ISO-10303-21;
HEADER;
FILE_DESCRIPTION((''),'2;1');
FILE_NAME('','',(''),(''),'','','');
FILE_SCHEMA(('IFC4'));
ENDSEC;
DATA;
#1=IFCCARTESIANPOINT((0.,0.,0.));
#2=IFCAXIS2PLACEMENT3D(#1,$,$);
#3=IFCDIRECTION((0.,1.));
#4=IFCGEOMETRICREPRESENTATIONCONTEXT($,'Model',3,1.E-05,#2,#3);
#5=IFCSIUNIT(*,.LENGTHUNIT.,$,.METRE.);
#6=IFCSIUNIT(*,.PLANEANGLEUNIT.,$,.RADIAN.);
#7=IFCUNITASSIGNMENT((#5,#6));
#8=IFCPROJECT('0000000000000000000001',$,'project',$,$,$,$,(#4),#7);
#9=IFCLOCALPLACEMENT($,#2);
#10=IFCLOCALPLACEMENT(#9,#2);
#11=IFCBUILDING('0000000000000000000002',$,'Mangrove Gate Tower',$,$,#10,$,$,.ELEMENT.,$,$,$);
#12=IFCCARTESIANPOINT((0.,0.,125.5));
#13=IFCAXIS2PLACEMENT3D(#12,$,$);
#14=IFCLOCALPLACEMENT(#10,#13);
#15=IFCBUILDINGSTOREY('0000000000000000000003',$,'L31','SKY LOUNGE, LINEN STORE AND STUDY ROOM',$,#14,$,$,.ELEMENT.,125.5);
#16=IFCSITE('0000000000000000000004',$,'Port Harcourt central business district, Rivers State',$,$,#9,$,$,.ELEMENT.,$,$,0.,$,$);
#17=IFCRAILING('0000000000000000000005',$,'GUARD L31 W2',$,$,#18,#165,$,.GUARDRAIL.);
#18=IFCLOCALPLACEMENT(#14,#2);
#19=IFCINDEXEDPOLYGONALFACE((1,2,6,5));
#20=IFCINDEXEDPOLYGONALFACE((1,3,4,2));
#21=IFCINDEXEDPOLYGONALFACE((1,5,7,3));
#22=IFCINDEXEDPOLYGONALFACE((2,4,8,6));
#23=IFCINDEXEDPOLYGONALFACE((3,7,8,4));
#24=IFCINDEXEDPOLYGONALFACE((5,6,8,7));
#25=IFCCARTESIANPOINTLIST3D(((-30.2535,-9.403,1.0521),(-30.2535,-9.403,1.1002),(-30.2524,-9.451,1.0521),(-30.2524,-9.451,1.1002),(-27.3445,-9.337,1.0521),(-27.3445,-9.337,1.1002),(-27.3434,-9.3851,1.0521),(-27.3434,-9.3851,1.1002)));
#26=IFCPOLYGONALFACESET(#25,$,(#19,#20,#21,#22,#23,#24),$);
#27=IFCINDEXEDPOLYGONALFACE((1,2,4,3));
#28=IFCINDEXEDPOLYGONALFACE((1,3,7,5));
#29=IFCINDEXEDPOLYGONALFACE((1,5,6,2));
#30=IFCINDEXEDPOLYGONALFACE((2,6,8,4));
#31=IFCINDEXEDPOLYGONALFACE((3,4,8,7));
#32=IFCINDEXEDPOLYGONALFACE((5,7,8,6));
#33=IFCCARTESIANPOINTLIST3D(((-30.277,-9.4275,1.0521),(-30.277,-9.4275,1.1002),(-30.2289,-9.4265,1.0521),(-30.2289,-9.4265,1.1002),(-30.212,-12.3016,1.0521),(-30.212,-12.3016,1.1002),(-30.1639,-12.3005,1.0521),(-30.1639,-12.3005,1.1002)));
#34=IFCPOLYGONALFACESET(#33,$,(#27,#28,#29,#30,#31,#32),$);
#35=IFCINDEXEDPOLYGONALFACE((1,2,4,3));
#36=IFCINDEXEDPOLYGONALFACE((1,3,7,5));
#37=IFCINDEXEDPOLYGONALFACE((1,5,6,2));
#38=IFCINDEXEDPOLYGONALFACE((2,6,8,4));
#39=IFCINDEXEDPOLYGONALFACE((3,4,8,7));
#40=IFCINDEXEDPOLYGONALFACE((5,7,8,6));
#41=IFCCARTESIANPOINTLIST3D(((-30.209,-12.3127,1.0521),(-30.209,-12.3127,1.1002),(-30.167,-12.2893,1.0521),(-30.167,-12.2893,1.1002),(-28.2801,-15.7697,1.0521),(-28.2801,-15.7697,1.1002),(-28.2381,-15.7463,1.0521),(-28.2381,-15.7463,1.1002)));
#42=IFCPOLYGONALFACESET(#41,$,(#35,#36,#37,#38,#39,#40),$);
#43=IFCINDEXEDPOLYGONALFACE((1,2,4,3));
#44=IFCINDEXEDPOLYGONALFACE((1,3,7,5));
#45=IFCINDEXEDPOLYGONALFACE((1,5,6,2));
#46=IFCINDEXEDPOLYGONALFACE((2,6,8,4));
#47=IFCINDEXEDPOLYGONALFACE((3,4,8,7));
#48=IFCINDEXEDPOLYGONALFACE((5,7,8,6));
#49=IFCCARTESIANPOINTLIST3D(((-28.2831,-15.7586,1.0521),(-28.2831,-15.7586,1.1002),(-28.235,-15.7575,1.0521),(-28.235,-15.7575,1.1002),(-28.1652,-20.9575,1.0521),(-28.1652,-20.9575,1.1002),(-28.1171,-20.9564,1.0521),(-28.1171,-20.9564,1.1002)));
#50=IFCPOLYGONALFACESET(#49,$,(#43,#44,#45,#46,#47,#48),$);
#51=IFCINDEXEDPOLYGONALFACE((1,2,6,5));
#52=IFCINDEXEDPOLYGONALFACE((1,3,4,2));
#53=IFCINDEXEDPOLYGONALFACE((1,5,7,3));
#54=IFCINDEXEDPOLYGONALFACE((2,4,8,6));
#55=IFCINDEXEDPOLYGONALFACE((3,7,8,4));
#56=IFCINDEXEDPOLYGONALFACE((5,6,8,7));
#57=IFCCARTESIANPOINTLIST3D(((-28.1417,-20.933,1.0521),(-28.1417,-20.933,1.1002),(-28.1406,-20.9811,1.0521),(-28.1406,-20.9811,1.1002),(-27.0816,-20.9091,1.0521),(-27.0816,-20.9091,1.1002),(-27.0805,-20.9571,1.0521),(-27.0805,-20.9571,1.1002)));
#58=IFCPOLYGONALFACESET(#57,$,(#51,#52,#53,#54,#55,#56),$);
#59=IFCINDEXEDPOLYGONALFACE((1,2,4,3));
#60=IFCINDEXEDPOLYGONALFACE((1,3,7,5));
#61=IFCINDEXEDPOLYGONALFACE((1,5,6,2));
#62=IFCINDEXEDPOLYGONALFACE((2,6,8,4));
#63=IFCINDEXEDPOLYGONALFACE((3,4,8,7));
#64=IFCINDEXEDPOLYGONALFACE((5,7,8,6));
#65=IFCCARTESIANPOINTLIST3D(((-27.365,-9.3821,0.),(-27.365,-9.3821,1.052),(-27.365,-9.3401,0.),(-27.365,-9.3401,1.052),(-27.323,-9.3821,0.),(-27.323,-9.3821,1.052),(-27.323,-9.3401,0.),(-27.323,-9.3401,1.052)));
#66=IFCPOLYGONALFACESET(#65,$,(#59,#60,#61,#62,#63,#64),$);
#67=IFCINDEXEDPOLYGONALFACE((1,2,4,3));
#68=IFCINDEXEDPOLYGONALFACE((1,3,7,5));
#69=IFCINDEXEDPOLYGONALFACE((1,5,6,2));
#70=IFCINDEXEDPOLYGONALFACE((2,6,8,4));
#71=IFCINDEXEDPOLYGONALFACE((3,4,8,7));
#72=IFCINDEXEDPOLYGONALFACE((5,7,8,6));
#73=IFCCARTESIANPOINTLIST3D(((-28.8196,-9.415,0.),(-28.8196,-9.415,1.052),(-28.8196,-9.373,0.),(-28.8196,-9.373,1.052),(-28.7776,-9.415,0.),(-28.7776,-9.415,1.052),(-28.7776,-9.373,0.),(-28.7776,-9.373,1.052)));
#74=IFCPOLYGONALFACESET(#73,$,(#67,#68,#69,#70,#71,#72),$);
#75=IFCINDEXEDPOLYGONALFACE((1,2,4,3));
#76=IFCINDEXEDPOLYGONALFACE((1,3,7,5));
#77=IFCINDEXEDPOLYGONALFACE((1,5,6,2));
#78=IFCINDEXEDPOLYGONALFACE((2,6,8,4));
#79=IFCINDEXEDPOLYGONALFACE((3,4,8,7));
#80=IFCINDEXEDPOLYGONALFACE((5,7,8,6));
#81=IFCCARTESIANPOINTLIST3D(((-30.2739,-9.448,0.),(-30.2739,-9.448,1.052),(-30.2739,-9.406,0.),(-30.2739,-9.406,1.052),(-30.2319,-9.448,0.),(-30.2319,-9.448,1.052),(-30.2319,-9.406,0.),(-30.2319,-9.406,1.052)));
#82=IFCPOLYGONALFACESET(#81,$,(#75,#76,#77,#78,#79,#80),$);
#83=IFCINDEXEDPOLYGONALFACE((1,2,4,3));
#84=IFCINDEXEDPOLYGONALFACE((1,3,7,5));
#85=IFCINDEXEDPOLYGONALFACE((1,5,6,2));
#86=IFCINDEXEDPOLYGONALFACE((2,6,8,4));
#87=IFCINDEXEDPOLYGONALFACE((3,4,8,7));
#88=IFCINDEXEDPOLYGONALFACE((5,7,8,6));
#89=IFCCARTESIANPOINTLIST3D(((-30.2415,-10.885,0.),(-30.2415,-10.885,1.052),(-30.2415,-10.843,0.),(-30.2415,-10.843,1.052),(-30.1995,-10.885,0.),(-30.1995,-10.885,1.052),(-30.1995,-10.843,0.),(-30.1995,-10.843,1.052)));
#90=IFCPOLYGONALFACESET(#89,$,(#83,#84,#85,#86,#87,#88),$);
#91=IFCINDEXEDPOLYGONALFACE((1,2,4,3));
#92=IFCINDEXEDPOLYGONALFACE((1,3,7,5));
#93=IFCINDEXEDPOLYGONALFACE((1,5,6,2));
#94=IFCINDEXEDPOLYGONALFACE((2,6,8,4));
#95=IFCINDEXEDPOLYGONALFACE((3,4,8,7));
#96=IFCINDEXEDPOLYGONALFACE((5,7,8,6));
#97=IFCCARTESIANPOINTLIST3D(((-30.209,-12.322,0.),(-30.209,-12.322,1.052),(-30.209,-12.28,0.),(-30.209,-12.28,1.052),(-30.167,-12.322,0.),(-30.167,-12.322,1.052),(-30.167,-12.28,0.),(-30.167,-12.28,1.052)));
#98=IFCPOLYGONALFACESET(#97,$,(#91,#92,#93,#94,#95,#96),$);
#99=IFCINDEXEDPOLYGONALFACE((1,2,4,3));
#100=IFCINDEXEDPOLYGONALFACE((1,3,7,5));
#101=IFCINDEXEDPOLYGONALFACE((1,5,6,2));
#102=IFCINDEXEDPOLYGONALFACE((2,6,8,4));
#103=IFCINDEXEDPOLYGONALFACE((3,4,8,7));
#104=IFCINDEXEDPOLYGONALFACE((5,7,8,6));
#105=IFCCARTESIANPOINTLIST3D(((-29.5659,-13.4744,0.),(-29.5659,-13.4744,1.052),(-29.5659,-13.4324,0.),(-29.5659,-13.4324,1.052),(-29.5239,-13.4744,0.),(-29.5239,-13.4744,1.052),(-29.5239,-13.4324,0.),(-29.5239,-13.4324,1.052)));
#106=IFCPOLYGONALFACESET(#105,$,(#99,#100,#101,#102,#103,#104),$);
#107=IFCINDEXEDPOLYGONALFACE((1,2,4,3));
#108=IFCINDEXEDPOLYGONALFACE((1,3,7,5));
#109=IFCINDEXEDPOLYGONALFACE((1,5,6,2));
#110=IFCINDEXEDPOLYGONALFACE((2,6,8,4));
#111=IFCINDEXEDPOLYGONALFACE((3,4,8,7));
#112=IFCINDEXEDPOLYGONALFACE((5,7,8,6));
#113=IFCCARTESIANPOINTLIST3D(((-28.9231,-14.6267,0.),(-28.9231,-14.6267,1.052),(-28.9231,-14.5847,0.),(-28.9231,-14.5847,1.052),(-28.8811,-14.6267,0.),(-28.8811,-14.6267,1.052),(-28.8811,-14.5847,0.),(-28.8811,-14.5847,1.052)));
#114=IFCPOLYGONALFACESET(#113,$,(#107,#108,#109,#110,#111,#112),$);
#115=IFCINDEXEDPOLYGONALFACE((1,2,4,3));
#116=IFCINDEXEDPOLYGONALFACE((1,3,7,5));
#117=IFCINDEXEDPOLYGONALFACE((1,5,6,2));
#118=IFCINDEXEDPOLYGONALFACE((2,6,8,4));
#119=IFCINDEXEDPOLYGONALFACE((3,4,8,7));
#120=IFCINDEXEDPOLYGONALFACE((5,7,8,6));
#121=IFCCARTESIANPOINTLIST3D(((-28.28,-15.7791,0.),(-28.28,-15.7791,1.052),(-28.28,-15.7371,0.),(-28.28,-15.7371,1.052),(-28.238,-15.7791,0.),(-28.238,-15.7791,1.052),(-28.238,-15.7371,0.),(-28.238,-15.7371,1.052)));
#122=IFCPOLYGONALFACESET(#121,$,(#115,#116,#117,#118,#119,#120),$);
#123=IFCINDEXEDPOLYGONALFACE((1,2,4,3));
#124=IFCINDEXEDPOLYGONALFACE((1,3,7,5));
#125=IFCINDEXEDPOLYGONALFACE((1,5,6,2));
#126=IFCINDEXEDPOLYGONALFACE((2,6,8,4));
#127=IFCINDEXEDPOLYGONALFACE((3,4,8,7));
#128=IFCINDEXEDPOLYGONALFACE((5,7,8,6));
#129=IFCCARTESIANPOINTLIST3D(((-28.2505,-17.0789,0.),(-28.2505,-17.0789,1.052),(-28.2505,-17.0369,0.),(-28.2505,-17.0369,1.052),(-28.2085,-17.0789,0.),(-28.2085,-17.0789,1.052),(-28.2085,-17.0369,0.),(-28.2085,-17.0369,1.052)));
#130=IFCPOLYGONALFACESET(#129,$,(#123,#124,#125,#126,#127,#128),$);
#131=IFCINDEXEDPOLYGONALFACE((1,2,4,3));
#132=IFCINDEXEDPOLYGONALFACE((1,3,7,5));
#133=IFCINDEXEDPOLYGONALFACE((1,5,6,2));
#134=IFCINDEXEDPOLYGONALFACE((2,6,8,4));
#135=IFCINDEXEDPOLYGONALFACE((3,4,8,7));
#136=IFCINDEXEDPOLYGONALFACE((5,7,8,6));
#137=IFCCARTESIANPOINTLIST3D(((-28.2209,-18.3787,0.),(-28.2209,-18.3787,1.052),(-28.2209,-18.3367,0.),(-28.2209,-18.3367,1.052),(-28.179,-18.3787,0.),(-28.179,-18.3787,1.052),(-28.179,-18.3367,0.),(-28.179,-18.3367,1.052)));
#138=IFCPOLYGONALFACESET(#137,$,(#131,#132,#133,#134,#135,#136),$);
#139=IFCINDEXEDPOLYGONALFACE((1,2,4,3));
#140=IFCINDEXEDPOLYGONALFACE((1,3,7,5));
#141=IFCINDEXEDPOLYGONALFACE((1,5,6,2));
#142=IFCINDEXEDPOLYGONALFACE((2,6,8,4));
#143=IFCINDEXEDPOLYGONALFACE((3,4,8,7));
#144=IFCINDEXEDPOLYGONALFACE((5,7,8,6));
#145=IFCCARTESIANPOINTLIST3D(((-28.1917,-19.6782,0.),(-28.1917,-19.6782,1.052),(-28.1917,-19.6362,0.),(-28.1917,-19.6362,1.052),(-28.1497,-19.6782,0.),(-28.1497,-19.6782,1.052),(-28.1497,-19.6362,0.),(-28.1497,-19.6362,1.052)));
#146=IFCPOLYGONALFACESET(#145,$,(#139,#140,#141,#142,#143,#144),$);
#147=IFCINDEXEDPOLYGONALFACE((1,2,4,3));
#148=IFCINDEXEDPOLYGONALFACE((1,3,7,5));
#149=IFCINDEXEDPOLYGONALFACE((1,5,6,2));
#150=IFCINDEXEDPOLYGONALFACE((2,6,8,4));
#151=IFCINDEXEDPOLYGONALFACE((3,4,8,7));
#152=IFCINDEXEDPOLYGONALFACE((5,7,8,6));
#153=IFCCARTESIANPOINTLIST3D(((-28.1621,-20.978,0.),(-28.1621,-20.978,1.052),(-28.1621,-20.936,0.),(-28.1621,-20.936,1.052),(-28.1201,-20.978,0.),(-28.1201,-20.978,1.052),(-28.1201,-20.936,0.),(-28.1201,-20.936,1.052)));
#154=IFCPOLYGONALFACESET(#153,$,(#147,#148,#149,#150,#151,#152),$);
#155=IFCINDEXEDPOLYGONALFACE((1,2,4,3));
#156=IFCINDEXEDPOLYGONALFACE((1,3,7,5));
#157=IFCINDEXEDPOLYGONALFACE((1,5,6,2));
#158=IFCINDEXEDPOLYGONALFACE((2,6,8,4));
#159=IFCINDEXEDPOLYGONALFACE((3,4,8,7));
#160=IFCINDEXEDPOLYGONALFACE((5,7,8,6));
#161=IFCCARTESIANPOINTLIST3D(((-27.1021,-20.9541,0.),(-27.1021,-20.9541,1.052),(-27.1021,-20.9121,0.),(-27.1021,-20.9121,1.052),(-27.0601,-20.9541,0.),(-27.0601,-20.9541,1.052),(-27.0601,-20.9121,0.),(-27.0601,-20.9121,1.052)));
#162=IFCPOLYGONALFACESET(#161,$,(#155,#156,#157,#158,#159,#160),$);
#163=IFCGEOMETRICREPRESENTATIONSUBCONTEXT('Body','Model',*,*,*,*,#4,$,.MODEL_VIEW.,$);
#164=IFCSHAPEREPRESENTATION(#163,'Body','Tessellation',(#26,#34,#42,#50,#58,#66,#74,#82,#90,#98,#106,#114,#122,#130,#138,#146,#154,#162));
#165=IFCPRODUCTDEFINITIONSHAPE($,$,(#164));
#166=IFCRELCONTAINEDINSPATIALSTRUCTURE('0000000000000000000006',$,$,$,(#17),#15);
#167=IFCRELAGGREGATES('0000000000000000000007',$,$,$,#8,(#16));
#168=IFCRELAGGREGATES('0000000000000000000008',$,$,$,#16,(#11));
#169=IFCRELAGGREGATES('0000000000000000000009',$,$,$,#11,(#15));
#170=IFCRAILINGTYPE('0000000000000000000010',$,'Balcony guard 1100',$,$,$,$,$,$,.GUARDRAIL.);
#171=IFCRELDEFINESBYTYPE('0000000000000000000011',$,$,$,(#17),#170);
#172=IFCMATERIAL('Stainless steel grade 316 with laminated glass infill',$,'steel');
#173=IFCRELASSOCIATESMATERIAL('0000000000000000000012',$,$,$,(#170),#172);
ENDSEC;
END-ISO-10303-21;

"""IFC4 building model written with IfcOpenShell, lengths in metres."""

from ifc_helpers import new_model, si_unit, direction, frame, origin, origin_2d, place, context, subcontext, project, spatial, rectangle, extrude, material, type_object, element, save


model = new_model("IFC4")

# Units and contexts
model_context = context("Model", 3, precision=1e-05, world=origin(), true_north=direction((0.0, 1.0)))
body_context = subcontext(model_context, "Body", "Model", "MODEL_VIEW")
ifc_project = project(units=[si_unit("LENGTHUNIT", "METRE"), si_unit("PLANEANGLEUNIT", "RADIAN")], contexts=[model_context])

# Site, building, storey
site_placement = place(None, origin())
site = spatial("IfcSite", under=ifc_project, at=site_placement, Name="Port Harcourt central business district, Rivers State", CompositionType="ELEMENT", RefElevation=0.0)
building_placement = place(site_placement, origin())
building = spatial("IfcBuilding", under=site, at=building_placement, Name="Mangrove Gate Tower", CompositionType="ELEMENT")
storey_placement = place(building_placement, frame((0.0, 0.0, 125.5)))
storey = spatial("IfcBuildingStorey", under=building, at=storey_placement, Name="L31", Description="SKY LOUNGE, LINEN STORE AND STUDY ROOM", CompositionType="ELEMENT", Elevation=125.5)

# Railing
ifc_material_1 = material(Name="Stainless steel grade 316 with laminated glass infill", Category="steel")
railing_type = type_object("IfcRailingType", Name="Balcony guard 1100", PredefinedType="GUARDRAIL", material=ifc_material_1)
railing_placement = place(storey_placement, frame((-27.344, -9.3611, 0.0)))
element("IfcRailing", 1, at=railing_placement, inside=storey, type_object=railing_type, Name="GUARD L31 W2", PredefinedType="GUARDRAIL", context=body_context, shape_type="SweptSolid", body=[
    extrude(rectangle(XDim=0.0481, YDim=0.0481, at=origin_2d()), frame((0.0, 0.0, 1.0762), z_axis=(-0.999743, -0.022655, 0.0), x_axis=(0.022655, -0.999743, 0.0)), (0.0, 0.0, 1.0), 2.9097),
    extrude(rectangle(XDim=0.0481, YDim=0.0481, at=origin_2d()), frame((-2.9089, -0.0659, 1.0762), z_axis=(0.02259, -0.999745, 0.0), x_axis=(0.999745, 0.02259, 0.0)), (0.0, 0.0, 1.0), 2.8748),
    extrude(rectangle(XDim=0.0481, YDim=0.0481, at=origin_2d()), frame((-2.844, -2.9399, 1.0762), z_axis=(0.48726, -0.873257, 0.0), x_axis=(0.873257, 0.48726, 0.0)), (0.0, 0.0, 1.0), 3.9587),
    extrude(rectangle(XDim=0.0481, YDim=0.0481, at=origin_2d()), frame((-0.915, -6.397, 1.0762), z_axis=(0.022676, -0.999743, 0.0), x_axis=(0.999743, 0.022676, 0.0)), (0.0, 0.0, 1.0), 5.2002),
    extrude(rectangle(XDim=0.0481, YDim=0.0481, at=origin_2d()), frame((-0.7971, -11.5959, 1.0762), z_axis=(0.999745, 0.022564, 0.0), x_axis=(-0.022564, 0.999745, 0.0)), (0.0, 0.0, 1.0), 1.0603),
    extrude(rectangle(XDim=0.042, YDim=0.042, at=origin_2d()), origin(), (0.0, 0.0, 1.0), 1.052),
    extrude(rectangle(XDim=0.042, YDim=0.042, at=origin_2d()), frame((-1.4546, -0.033, 0.0)), (0.0, 0.0, 1.0), 1.052),
    extrude(rectangle(XDim=0.042, YDim=0.042, at=origin_2d()), frame((-2.9089, -0.0659, 0.0)), (0.0, 0.0, 1.0), 1.052),
    extrude(rectangle(XDim=0.042, YDim=0.042, at=origin_2d()), frame((-2.8765, -1.5029, 0.0)), (0.0, 0.0, 1.0), 1.052),
    extrude(rectangle(XDim=0.042, YDim=0.042, at=origin_2d()), frame((-2.844, -2.9399, 0.0)), (0.0, 0.0, 1.0), 1.052),
    extrude(rectangle(XDim=0.042, YDim=0.042, at=origin_2d()), frame((-2.2009, -4.0923, 0.0)), (0.0, 0.0, 1.0), 1.052),
    extrude(rectangle(XDim=0.042, YDim=0.042, at=origin_2d()), frame((-1.5581, -5.2446, 0.0)), (0.0, 0.0, 1.0), 1.052),
    extrude(rectangle(XDim=0.042, YDim=0.042, at=origin_2d()), frame((-0.915, -6.397, 0.0)), (0.0, 0.0, 1.0), 1.052),
    extrude(rectangle(XDim=0.042, YDim=0.042, at=origin_2d()), frame((-0.8855, -7.6968, 0.0)), (0.0, 0.0, 1.0), 1.052),
    extrude(rectangle(XDim=0.042, YDim=0.042, at=origin_2d()), frame((-0.856, -8.9966, 0.0)), (0.0, 0.0, 1.0), 1.052),
    extrude(rectangle(XDim=0.042, YDim=0.042, at=origin_2d()), frame((-0.8267, -10.2961, 0.0)), (0.0, 0.0, 1.0), 1.052),
    extrude(rectangle(XDim=0.042, YDim=0.042, at=origin_2d()), frame((-0.7971, -11.5959, 0.0)), (0.0, 0.0, 1.0), 1.052),
    extrude(rectangle(XDim=0.042, YDim=0.042, at=origin_2d()), frame((0.2629, -11.572, 0.0)), (0.0, 0.0, 1.0), 1.052),
])

save(model, "model.ifc")
